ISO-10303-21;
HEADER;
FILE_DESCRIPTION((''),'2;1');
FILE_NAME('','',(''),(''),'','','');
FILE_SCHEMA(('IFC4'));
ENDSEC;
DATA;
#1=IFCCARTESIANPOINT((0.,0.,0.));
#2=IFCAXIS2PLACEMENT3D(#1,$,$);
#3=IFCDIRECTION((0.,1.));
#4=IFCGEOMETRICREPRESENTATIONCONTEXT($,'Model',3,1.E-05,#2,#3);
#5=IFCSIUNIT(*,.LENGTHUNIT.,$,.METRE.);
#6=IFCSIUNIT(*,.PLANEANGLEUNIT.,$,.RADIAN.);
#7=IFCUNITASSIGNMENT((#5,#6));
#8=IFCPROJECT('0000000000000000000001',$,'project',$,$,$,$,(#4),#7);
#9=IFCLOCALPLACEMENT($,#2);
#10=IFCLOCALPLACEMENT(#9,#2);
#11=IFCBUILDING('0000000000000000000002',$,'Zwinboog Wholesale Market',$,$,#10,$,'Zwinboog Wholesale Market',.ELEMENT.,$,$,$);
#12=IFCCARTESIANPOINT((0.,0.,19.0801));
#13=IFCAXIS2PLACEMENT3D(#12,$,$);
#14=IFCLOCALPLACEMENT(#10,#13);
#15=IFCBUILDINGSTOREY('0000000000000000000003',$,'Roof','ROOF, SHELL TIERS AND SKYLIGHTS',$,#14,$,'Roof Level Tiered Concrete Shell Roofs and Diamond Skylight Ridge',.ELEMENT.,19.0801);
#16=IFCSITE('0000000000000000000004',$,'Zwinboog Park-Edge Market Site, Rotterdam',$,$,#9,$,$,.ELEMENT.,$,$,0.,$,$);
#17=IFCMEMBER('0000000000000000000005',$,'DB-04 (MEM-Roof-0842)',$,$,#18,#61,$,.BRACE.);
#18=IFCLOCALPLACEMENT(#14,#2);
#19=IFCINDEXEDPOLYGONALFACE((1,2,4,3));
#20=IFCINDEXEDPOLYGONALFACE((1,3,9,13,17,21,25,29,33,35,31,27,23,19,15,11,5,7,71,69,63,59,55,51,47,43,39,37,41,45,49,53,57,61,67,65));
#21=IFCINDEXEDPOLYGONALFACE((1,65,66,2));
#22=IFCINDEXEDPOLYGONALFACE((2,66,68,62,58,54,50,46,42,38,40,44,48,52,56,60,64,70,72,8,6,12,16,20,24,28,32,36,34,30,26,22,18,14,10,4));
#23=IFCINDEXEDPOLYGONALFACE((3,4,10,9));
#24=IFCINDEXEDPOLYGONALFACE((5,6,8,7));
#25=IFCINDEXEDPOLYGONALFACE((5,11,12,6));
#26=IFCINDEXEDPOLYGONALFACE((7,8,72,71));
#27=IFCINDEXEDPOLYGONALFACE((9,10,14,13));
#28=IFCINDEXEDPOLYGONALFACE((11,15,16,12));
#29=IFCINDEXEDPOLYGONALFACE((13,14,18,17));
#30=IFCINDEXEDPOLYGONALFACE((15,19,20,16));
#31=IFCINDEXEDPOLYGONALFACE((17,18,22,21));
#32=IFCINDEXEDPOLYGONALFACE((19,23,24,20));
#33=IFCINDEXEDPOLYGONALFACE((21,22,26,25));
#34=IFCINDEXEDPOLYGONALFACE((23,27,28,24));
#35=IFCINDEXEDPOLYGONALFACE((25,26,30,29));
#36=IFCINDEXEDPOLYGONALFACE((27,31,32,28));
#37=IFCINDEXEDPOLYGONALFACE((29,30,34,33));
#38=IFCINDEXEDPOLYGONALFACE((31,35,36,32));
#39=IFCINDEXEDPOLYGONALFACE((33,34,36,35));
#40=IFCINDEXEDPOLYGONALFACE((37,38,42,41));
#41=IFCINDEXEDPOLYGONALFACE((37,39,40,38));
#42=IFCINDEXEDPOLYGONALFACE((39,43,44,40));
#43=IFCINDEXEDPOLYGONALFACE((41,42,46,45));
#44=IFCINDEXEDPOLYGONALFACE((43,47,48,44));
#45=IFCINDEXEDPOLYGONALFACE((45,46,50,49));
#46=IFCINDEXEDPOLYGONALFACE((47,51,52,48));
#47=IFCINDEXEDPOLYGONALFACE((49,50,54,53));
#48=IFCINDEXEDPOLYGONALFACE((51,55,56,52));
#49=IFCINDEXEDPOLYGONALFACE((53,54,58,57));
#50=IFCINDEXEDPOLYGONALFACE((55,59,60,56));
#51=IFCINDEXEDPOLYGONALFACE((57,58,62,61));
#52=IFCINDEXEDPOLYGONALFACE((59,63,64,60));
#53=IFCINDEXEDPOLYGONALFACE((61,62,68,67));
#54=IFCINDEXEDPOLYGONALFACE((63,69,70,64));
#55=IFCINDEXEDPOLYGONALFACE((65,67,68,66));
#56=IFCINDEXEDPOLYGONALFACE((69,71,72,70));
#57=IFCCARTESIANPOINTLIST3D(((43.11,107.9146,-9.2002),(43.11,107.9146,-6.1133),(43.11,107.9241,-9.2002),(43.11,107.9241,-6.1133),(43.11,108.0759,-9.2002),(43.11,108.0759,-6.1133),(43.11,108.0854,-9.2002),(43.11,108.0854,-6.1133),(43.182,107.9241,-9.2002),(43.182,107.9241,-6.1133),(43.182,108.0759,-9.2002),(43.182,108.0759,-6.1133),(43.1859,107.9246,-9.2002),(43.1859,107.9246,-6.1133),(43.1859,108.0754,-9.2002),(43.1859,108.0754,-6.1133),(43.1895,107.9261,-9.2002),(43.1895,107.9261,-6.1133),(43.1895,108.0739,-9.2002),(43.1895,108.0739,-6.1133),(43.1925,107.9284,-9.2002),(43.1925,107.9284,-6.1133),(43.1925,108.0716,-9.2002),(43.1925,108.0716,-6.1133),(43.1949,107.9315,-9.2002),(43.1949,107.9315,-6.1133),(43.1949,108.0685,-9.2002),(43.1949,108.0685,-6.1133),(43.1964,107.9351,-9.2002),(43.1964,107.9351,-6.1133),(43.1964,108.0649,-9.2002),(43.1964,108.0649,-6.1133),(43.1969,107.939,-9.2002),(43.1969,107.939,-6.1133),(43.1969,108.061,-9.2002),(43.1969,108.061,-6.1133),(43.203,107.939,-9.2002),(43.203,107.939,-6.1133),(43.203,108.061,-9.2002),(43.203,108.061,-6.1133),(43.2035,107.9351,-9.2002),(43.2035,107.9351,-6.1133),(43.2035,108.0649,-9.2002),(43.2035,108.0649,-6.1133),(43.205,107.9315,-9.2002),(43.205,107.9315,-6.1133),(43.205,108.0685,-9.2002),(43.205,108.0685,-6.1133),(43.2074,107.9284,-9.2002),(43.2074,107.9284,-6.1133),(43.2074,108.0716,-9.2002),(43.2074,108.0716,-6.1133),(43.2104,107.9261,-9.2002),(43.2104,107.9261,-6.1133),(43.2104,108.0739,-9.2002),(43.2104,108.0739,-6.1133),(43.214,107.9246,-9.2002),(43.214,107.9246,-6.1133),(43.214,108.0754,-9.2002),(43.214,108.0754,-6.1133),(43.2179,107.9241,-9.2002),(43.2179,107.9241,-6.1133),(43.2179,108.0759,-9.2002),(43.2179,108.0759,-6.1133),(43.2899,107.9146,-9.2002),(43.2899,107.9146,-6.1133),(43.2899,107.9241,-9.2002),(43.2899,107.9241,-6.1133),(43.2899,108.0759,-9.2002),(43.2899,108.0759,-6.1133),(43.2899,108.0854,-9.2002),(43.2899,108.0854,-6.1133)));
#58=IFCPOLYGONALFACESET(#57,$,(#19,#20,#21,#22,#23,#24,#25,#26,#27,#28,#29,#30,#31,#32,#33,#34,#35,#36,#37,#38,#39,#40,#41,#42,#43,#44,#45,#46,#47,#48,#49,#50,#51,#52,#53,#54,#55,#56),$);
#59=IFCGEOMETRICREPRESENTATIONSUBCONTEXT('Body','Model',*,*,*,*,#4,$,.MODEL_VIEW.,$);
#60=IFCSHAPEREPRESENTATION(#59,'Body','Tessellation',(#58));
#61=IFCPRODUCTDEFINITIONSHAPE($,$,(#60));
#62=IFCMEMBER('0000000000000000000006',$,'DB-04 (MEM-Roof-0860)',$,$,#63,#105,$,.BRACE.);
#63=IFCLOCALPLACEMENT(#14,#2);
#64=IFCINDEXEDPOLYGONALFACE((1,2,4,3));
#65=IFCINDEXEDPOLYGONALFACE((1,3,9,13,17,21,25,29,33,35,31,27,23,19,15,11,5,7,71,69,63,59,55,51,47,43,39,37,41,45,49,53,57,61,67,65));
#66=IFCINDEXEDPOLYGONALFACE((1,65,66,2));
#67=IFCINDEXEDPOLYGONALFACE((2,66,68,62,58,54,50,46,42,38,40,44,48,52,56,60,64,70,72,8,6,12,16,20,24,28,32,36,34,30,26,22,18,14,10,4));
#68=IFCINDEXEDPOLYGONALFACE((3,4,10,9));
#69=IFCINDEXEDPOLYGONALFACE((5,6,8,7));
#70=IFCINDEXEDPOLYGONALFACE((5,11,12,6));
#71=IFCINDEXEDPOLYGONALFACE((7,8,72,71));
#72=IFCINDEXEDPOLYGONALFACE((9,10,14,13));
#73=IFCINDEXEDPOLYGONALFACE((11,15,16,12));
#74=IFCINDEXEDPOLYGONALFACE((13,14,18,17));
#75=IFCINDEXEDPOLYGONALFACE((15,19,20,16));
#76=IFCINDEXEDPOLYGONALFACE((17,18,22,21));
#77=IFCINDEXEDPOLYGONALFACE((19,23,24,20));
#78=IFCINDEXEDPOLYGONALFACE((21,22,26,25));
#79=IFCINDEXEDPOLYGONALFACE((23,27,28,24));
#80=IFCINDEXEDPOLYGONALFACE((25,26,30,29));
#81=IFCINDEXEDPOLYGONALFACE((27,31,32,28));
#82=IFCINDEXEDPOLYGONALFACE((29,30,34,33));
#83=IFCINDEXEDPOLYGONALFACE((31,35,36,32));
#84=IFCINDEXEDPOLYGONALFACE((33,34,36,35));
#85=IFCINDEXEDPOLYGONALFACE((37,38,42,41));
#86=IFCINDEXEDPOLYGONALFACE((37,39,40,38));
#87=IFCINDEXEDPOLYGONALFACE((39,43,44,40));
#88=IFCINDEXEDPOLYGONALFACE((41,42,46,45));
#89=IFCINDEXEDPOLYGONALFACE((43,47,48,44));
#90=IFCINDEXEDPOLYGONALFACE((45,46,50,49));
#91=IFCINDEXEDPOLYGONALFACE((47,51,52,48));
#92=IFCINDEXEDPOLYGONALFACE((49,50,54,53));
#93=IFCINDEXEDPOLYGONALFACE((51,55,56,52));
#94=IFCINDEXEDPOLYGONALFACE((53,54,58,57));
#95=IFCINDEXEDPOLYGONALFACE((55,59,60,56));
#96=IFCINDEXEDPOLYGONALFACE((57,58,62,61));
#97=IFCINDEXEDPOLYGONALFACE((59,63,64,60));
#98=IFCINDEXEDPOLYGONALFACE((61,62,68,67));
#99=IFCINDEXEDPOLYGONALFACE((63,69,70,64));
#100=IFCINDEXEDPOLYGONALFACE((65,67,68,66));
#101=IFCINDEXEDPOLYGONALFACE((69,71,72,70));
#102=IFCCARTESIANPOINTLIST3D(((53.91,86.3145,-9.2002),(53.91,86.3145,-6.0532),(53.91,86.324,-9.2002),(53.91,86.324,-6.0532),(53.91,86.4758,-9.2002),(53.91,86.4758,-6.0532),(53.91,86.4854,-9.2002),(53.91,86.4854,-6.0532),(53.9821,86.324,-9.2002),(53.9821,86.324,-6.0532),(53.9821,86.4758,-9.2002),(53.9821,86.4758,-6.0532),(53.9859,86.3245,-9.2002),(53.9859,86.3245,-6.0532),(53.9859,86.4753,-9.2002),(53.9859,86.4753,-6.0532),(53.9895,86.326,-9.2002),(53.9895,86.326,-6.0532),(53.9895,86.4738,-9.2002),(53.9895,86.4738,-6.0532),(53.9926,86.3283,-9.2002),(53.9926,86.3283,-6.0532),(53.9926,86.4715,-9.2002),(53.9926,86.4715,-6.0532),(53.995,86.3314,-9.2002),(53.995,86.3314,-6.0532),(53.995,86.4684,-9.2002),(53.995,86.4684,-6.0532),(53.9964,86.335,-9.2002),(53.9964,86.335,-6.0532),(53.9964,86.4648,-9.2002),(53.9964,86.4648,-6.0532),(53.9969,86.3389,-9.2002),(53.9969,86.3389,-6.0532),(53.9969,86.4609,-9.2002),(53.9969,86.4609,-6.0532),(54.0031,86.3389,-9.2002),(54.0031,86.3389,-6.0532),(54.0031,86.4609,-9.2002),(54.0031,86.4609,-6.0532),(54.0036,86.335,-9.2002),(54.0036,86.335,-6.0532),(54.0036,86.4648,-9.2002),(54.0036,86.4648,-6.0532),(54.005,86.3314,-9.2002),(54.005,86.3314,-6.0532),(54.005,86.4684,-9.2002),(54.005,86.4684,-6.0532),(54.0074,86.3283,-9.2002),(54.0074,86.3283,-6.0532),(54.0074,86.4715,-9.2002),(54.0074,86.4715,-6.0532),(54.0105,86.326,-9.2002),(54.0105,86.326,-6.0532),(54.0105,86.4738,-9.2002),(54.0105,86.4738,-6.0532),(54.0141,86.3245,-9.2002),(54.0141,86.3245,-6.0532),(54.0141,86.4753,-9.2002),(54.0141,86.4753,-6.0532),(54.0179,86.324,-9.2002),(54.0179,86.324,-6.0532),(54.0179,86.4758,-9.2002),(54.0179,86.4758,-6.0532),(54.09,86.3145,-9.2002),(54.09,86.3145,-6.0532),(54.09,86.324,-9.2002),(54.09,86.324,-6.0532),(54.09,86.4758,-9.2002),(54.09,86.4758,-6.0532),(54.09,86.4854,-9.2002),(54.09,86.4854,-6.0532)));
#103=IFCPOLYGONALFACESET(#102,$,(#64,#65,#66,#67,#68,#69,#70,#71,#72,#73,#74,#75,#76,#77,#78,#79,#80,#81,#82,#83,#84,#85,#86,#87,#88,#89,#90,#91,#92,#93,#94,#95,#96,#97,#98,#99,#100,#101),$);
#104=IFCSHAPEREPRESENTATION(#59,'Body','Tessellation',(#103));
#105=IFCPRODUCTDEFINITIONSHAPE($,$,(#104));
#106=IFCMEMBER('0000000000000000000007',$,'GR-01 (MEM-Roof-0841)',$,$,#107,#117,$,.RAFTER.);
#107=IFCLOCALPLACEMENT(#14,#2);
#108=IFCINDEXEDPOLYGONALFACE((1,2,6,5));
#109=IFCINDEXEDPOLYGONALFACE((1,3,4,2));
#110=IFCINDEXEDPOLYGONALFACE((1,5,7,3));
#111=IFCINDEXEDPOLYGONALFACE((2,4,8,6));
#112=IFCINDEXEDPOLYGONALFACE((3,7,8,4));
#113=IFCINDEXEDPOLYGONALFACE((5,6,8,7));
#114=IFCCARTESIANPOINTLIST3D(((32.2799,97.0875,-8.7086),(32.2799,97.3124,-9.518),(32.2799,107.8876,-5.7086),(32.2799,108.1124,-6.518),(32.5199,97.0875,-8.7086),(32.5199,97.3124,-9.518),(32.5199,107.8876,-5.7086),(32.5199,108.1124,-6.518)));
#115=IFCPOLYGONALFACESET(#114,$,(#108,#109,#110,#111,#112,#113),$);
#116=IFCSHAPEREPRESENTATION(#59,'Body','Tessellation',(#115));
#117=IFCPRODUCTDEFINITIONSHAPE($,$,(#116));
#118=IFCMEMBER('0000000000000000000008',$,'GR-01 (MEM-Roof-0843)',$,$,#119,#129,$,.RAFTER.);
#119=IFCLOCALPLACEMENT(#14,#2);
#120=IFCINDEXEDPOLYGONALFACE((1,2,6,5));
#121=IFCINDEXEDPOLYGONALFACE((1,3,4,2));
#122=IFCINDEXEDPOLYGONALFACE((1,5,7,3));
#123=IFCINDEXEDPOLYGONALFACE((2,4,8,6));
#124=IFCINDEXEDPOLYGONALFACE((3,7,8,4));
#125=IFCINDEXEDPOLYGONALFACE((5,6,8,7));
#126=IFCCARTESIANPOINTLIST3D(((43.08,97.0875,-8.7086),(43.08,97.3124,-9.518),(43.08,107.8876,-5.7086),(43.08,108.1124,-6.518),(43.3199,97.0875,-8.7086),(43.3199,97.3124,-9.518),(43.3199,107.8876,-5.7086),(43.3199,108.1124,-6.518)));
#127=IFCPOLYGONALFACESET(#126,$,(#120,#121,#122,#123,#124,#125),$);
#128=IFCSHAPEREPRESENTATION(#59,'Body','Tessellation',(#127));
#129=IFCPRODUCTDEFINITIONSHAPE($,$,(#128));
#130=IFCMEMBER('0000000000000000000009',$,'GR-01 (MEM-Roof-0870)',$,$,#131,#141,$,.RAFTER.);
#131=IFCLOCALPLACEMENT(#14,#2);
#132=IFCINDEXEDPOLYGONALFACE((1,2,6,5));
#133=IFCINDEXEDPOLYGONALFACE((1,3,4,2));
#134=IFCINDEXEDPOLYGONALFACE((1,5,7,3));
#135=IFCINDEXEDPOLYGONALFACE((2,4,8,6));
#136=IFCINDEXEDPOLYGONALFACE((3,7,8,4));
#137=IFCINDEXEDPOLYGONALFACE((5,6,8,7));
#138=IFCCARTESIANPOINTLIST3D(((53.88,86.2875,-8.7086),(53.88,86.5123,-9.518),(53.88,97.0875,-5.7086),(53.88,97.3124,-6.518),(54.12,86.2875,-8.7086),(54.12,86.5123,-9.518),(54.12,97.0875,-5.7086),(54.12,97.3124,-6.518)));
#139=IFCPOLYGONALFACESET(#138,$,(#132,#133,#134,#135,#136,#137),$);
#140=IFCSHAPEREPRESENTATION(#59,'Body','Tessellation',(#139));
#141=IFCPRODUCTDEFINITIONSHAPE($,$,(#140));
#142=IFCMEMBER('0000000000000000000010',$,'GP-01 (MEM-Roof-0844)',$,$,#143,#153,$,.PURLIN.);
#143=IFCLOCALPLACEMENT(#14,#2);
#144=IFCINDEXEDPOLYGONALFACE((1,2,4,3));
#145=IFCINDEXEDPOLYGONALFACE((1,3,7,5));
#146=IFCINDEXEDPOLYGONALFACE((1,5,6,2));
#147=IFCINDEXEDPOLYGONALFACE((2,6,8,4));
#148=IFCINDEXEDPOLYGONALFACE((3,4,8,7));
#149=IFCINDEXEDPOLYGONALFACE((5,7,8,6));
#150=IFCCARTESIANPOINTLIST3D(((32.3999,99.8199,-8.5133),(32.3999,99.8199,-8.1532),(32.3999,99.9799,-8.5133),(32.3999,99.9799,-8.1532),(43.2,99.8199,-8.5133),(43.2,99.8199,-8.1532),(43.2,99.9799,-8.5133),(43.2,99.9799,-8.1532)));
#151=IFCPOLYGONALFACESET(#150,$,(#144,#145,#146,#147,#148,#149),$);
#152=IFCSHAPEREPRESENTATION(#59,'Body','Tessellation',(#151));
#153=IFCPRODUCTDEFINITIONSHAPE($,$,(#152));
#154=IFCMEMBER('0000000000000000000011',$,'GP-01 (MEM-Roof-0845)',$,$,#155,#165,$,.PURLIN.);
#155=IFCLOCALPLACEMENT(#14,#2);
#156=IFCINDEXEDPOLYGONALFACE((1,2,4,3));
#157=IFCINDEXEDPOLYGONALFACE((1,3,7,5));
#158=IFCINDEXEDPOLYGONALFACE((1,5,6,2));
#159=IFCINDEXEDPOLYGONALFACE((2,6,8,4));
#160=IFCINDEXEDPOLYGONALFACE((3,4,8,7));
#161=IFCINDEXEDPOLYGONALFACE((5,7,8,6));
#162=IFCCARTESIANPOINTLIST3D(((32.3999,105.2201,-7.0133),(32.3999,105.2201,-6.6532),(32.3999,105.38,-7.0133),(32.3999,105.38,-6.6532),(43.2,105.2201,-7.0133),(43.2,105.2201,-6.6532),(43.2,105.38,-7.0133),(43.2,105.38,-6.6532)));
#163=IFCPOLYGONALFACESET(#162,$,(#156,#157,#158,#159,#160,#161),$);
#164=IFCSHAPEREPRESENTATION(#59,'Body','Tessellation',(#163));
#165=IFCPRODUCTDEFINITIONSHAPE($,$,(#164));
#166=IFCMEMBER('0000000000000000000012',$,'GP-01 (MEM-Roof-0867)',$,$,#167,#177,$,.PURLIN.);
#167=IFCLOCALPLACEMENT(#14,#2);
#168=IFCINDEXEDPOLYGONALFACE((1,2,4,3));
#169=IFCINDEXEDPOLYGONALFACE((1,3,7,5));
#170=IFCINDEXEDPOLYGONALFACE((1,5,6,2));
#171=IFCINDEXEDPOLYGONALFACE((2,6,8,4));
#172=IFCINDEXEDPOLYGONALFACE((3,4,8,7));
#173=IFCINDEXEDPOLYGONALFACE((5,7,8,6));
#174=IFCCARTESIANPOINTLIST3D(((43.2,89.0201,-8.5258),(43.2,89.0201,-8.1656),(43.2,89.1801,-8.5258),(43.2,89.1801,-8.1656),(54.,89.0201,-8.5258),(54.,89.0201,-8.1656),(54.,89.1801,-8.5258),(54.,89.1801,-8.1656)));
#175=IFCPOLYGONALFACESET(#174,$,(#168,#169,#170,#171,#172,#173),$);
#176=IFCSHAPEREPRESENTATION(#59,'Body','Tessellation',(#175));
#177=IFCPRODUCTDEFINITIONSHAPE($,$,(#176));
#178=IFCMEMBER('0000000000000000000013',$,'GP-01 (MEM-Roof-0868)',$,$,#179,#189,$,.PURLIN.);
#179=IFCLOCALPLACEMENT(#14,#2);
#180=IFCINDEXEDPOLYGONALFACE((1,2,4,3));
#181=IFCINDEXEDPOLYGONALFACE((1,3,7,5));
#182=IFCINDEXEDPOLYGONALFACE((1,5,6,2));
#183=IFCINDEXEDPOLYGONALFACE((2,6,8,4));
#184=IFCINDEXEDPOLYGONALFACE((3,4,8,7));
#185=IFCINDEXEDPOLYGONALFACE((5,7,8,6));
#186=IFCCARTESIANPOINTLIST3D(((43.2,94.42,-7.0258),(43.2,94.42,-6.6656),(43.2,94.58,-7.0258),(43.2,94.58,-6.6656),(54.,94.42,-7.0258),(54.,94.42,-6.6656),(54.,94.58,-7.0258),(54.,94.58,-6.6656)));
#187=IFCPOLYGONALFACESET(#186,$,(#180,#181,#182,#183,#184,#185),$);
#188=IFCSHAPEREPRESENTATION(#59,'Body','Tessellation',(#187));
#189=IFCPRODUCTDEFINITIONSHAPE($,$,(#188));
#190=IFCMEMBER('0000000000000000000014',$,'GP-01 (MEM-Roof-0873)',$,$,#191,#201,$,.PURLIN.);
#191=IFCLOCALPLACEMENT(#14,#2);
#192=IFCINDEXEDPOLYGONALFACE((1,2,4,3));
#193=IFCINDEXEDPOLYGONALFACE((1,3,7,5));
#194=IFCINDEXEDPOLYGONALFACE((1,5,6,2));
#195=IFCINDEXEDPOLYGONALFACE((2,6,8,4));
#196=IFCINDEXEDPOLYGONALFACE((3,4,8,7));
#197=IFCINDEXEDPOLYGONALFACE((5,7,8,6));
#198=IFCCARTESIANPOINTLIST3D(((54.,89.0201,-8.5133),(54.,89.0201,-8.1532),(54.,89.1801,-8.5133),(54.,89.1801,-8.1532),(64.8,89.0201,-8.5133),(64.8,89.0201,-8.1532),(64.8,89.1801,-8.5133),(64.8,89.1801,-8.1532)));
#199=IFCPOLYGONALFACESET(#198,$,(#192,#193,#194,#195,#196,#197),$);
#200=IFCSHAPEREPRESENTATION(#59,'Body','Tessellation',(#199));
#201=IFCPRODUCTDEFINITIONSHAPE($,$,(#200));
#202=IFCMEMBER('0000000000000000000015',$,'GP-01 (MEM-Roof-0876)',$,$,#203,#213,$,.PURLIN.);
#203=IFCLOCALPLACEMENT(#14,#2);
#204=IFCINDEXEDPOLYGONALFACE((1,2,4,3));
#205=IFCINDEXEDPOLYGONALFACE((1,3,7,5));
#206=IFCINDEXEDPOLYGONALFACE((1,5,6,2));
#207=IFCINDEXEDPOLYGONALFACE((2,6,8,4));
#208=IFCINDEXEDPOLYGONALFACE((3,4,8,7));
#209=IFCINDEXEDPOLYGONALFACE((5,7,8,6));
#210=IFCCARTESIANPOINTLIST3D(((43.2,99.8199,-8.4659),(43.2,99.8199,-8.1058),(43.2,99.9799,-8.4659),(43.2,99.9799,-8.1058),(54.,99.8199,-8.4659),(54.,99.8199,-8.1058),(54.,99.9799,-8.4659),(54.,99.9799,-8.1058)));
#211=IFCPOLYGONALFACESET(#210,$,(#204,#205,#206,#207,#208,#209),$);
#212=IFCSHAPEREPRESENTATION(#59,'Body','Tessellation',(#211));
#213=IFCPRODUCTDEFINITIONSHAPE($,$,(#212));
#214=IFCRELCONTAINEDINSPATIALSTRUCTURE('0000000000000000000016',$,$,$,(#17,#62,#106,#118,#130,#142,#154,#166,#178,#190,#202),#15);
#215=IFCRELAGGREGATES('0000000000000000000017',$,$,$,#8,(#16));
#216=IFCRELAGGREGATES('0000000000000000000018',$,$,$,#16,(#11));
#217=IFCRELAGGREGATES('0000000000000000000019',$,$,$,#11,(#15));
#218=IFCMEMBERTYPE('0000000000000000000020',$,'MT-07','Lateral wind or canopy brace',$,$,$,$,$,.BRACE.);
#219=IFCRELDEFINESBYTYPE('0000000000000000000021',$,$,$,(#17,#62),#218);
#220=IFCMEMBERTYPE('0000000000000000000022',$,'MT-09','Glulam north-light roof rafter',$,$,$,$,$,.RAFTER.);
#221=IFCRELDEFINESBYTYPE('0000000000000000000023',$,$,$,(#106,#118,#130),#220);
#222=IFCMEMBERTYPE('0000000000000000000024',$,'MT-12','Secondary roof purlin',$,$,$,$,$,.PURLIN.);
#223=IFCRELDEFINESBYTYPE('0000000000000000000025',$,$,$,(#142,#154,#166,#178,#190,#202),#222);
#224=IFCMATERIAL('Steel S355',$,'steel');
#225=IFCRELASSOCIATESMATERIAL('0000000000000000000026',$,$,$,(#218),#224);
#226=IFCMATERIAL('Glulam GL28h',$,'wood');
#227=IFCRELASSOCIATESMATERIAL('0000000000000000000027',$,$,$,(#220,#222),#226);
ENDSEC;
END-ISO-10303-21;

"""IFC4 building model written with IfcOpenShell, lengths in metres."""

from ifc_helpers import new_model, si_unit, direction, frame, origin, origin_2d, place, context, subcontext, project, spatial, rectangle, i_section, extrude, material, material_profile, profile_set, type_object, element, save


model = new_model("IFC4")

# Units and contexts
model_context = context("Model", 3, precision=1e-05, world=origin(), true_north=direction((0.0, 1.0)))
body_context = subcontext(model_context, "Body", "Model", "MODEL_VIEW")
ifc_project = project(units=[si_unit("LENGTHUNIT", "METRE"), si_unit("PLANEANGLEUNIT", "RADIAN")], contexts=[model_context])

# Site, building, storey
site_placement = place(None, origin())
site = spatial("IfcSite", under=ifc_project, at=site_placement, Name="Zwinboog Park-Edge Market Site, Rotterdam", CompositionType="ELEMENT", RefElevation=0.0)
building_placement = place(site_placement, origin())
building = spatial("IfcBuilding", under=site, at=building_placement, Name="Zwinboog Wholesale Market", LongName="Zwinboog Wholesale Market", CompositionType="ELEMENT")
storey_placement = place(building_placement, frame((0.0, 0.0, 19.0801)))
storey = spatial("IfcBuildingStorey", under=building, at=storey_placement, Name="Roof", Description="ROOF, SHELL TIERS AND SKYLIGHTS", LongName="Roof Level Tiered Concrete Shell Roofs and Diamond Skylight Ridge", CompositionType="ELEMENT", Elevation=19.0801)

# Members
ifc_material_1 = material(Name="Steel S355", Category="steel")
ifc_material_profile_1 = material_profile(ifc_material_1, i_section(OverallWidth=0.1799, OverallDepth=0.1709, WebThickness=0.0061, FlangeThickness=0.0095, FilletRadius=0.0149, at=origin_2d()), Name="HEA 180")
ifc_profile_set_1 = profile_set([ifc_material_profile_1], Name="Steel S355")
member_type_1 = type_object("IfcMemberType", Name="MT-07", Description="Lateral wind or canopy brace", PredefinedType="BRACE", material=ifc_profile_set_1)
for number, where, z_axis, x_axis, name in (
    (1, (43.2, 108.0, -9.2002), (0.0, 0.0, 1.0), (1.0, 0.0, 0.0), "DB-04 (MEM-Roof-0842)"),
):
    element("IfcMember", number, at=place(storey_placement, frame(where, z_axis=z_axis, x_axis=x_axis)), inside=storey, type_object=member_type_1, Name=name, PredefinedType="BRACE", context=body_context, shape_type="SweptSolid", body=[
        extrude(i_section(OverallWidth=0.1799, OverallDepth=0.1709, WebThickness=0.0061, FlangeThickness=0.0095, FilletRadius=0.0149, at=origin_2d()), origin(), (0.0, 0.0, 1.0), 3.0869),
    ])
member_1_placement = place(storey_placement, frame((54.0, 86.3999, -9.2002), z_axis=(0.0, 0.0, 1.0), x_axis=(1.0, 0.0, 0.0)))
element("IfcMember", 2, at=member_1_placement, inside=storey, type_object=member_type_1, Name="DB-04 (MEM-Roof-0860)", PredefinedType="BRACE", context=body_context, shape_type="SweptSolid", body=[
    extrude(i_section(OverallWidth=0.1799, OverallDepth=0.1709, WebThickness=0.0061, FlangeThickness=0.0095, FilletRadius=0.0149, at=origin_2d()), origin(), (0.0, 0.0, 1.0), 3.147),
])
ifc_material_2 = material(Name="Glulam GL28h", Category="wood")
ifc_material_profile_2 = material_profile(ifc_material_2, rectangle(XDim=0.24, YDim=0.8401, at=origin_2d()), Name="GL28h 240x840")
ifc_profile_set_2 = profile_set([ifc_material_profile_2], Name="Glulam GL28h")
member_type_2 = type_object("IfcMemberType", Name="MT-09", Description="Glulam north-light roof rafter", PredefinedType="RAFTER", material=ifc_profile_set_2)
for number, where, z_axis, x_axis, name in (
    (3, (32.3999, 97.2, -9.1133), (0.0, 0.963518, 0.267643), (-1.0, 0.0, 0.0), "GR-01 (MEM-Roof-0841)"),
    (4, (43.2, 97.2, -9.1133), (0.0, 0.963518, 0.267643), (-1.0, 0.0, 0.0), "GR-01 (MEM-Roof-0843)"),
    (5, (54.0, 86.3999, -9.1133), (0.0, 0.963518, 0.267643), (-1.0, 0.0, 0.0), "GR-01 (MEM-Roof-0870)"),
):
    element("IfcMember", number, at=place(storey_placement, frame(where, z_axis=z_axis, x_axis=x_axis)), inside=storey, type_object=member_type_2, Name=name, PredefinedType="RAFTER", context=body_context, shape_type="SweptSolid", body=[
        extrude(rectangle(XDim=0.24, YDim=0.8401, at=origin_2d()), origin(), (0.0, 0.0, 1.0), 11.209),
    ])
ifc_material_profile_3 = material_profile(ifc_material_2, rectangle(XDim=0.1599, YDim=0.3601, at=origin_2d()), Name="GL28h 160x360")
ifc_profile_set_3 = profile_set([ifc_material_profile_3], Name="Glulam GL28h")
member_type_3 = type_object("IfcMemberType", Name="MT-12", Description="Secondary roof purlin", PredefinedType="PURLIN", material=ifc_profile_set_3)
for number, where, z_axis, x_axis, name in (
    (6, (32.3999, 99.8999, -8.3333), (1.0, 0.0, 0.0), (0.0, 1.0, 0.0), "GP-01 (MEM-Roof-0844)"),
    (7, (32.3999, 105.3, -6.8333), (1.0, 0.0, 0.0), (0.0, 1.0, 0.0), "GP-01 (MEM-Roof-0845)"),
    (8, (43.2, 89.1001, -8.3457), (1.0, 0.0, 0.0), (0.0, 1.0, 0.0), "GP-01 (MEM-Roof-0867)"),
    (9, (43.2, 94.5, -6.8457), (1.0, 0.0, 0.0), (0.0, 1.0, 0.0), "GP-01 (MEM-Roof-0868)"),
    (10, (54.0, 89.1001, -8.3333), (1.0, 0.0, 0.0), (0.0, 1.0, 0.0), "GP-01 (MEM-Roof-0873)"),
    (11, (43.2, 99.8999, -8.2859), (1.0, 0.0, 0.0), (0.0, 1.0, 0.0), "GP-01 (MEM-Roof-0876)"),
):
    element("IfcMember", number, at=place(storey_placement, frame(where, z_axis=z_axis, x_axis=x_axis)), inside=storey, type_object=member_type_3, Name=name, PredefinedType="PURLIN", context=body_context, shape_type="SweptSolid", body=[
        extrude(rectangle(XDim=0.1599, YDim=0.3601, at=origin_2d()), origin(), (0.0, 0.0, 1.0), 10.8),
    ])

save(model, "model.ifc")
